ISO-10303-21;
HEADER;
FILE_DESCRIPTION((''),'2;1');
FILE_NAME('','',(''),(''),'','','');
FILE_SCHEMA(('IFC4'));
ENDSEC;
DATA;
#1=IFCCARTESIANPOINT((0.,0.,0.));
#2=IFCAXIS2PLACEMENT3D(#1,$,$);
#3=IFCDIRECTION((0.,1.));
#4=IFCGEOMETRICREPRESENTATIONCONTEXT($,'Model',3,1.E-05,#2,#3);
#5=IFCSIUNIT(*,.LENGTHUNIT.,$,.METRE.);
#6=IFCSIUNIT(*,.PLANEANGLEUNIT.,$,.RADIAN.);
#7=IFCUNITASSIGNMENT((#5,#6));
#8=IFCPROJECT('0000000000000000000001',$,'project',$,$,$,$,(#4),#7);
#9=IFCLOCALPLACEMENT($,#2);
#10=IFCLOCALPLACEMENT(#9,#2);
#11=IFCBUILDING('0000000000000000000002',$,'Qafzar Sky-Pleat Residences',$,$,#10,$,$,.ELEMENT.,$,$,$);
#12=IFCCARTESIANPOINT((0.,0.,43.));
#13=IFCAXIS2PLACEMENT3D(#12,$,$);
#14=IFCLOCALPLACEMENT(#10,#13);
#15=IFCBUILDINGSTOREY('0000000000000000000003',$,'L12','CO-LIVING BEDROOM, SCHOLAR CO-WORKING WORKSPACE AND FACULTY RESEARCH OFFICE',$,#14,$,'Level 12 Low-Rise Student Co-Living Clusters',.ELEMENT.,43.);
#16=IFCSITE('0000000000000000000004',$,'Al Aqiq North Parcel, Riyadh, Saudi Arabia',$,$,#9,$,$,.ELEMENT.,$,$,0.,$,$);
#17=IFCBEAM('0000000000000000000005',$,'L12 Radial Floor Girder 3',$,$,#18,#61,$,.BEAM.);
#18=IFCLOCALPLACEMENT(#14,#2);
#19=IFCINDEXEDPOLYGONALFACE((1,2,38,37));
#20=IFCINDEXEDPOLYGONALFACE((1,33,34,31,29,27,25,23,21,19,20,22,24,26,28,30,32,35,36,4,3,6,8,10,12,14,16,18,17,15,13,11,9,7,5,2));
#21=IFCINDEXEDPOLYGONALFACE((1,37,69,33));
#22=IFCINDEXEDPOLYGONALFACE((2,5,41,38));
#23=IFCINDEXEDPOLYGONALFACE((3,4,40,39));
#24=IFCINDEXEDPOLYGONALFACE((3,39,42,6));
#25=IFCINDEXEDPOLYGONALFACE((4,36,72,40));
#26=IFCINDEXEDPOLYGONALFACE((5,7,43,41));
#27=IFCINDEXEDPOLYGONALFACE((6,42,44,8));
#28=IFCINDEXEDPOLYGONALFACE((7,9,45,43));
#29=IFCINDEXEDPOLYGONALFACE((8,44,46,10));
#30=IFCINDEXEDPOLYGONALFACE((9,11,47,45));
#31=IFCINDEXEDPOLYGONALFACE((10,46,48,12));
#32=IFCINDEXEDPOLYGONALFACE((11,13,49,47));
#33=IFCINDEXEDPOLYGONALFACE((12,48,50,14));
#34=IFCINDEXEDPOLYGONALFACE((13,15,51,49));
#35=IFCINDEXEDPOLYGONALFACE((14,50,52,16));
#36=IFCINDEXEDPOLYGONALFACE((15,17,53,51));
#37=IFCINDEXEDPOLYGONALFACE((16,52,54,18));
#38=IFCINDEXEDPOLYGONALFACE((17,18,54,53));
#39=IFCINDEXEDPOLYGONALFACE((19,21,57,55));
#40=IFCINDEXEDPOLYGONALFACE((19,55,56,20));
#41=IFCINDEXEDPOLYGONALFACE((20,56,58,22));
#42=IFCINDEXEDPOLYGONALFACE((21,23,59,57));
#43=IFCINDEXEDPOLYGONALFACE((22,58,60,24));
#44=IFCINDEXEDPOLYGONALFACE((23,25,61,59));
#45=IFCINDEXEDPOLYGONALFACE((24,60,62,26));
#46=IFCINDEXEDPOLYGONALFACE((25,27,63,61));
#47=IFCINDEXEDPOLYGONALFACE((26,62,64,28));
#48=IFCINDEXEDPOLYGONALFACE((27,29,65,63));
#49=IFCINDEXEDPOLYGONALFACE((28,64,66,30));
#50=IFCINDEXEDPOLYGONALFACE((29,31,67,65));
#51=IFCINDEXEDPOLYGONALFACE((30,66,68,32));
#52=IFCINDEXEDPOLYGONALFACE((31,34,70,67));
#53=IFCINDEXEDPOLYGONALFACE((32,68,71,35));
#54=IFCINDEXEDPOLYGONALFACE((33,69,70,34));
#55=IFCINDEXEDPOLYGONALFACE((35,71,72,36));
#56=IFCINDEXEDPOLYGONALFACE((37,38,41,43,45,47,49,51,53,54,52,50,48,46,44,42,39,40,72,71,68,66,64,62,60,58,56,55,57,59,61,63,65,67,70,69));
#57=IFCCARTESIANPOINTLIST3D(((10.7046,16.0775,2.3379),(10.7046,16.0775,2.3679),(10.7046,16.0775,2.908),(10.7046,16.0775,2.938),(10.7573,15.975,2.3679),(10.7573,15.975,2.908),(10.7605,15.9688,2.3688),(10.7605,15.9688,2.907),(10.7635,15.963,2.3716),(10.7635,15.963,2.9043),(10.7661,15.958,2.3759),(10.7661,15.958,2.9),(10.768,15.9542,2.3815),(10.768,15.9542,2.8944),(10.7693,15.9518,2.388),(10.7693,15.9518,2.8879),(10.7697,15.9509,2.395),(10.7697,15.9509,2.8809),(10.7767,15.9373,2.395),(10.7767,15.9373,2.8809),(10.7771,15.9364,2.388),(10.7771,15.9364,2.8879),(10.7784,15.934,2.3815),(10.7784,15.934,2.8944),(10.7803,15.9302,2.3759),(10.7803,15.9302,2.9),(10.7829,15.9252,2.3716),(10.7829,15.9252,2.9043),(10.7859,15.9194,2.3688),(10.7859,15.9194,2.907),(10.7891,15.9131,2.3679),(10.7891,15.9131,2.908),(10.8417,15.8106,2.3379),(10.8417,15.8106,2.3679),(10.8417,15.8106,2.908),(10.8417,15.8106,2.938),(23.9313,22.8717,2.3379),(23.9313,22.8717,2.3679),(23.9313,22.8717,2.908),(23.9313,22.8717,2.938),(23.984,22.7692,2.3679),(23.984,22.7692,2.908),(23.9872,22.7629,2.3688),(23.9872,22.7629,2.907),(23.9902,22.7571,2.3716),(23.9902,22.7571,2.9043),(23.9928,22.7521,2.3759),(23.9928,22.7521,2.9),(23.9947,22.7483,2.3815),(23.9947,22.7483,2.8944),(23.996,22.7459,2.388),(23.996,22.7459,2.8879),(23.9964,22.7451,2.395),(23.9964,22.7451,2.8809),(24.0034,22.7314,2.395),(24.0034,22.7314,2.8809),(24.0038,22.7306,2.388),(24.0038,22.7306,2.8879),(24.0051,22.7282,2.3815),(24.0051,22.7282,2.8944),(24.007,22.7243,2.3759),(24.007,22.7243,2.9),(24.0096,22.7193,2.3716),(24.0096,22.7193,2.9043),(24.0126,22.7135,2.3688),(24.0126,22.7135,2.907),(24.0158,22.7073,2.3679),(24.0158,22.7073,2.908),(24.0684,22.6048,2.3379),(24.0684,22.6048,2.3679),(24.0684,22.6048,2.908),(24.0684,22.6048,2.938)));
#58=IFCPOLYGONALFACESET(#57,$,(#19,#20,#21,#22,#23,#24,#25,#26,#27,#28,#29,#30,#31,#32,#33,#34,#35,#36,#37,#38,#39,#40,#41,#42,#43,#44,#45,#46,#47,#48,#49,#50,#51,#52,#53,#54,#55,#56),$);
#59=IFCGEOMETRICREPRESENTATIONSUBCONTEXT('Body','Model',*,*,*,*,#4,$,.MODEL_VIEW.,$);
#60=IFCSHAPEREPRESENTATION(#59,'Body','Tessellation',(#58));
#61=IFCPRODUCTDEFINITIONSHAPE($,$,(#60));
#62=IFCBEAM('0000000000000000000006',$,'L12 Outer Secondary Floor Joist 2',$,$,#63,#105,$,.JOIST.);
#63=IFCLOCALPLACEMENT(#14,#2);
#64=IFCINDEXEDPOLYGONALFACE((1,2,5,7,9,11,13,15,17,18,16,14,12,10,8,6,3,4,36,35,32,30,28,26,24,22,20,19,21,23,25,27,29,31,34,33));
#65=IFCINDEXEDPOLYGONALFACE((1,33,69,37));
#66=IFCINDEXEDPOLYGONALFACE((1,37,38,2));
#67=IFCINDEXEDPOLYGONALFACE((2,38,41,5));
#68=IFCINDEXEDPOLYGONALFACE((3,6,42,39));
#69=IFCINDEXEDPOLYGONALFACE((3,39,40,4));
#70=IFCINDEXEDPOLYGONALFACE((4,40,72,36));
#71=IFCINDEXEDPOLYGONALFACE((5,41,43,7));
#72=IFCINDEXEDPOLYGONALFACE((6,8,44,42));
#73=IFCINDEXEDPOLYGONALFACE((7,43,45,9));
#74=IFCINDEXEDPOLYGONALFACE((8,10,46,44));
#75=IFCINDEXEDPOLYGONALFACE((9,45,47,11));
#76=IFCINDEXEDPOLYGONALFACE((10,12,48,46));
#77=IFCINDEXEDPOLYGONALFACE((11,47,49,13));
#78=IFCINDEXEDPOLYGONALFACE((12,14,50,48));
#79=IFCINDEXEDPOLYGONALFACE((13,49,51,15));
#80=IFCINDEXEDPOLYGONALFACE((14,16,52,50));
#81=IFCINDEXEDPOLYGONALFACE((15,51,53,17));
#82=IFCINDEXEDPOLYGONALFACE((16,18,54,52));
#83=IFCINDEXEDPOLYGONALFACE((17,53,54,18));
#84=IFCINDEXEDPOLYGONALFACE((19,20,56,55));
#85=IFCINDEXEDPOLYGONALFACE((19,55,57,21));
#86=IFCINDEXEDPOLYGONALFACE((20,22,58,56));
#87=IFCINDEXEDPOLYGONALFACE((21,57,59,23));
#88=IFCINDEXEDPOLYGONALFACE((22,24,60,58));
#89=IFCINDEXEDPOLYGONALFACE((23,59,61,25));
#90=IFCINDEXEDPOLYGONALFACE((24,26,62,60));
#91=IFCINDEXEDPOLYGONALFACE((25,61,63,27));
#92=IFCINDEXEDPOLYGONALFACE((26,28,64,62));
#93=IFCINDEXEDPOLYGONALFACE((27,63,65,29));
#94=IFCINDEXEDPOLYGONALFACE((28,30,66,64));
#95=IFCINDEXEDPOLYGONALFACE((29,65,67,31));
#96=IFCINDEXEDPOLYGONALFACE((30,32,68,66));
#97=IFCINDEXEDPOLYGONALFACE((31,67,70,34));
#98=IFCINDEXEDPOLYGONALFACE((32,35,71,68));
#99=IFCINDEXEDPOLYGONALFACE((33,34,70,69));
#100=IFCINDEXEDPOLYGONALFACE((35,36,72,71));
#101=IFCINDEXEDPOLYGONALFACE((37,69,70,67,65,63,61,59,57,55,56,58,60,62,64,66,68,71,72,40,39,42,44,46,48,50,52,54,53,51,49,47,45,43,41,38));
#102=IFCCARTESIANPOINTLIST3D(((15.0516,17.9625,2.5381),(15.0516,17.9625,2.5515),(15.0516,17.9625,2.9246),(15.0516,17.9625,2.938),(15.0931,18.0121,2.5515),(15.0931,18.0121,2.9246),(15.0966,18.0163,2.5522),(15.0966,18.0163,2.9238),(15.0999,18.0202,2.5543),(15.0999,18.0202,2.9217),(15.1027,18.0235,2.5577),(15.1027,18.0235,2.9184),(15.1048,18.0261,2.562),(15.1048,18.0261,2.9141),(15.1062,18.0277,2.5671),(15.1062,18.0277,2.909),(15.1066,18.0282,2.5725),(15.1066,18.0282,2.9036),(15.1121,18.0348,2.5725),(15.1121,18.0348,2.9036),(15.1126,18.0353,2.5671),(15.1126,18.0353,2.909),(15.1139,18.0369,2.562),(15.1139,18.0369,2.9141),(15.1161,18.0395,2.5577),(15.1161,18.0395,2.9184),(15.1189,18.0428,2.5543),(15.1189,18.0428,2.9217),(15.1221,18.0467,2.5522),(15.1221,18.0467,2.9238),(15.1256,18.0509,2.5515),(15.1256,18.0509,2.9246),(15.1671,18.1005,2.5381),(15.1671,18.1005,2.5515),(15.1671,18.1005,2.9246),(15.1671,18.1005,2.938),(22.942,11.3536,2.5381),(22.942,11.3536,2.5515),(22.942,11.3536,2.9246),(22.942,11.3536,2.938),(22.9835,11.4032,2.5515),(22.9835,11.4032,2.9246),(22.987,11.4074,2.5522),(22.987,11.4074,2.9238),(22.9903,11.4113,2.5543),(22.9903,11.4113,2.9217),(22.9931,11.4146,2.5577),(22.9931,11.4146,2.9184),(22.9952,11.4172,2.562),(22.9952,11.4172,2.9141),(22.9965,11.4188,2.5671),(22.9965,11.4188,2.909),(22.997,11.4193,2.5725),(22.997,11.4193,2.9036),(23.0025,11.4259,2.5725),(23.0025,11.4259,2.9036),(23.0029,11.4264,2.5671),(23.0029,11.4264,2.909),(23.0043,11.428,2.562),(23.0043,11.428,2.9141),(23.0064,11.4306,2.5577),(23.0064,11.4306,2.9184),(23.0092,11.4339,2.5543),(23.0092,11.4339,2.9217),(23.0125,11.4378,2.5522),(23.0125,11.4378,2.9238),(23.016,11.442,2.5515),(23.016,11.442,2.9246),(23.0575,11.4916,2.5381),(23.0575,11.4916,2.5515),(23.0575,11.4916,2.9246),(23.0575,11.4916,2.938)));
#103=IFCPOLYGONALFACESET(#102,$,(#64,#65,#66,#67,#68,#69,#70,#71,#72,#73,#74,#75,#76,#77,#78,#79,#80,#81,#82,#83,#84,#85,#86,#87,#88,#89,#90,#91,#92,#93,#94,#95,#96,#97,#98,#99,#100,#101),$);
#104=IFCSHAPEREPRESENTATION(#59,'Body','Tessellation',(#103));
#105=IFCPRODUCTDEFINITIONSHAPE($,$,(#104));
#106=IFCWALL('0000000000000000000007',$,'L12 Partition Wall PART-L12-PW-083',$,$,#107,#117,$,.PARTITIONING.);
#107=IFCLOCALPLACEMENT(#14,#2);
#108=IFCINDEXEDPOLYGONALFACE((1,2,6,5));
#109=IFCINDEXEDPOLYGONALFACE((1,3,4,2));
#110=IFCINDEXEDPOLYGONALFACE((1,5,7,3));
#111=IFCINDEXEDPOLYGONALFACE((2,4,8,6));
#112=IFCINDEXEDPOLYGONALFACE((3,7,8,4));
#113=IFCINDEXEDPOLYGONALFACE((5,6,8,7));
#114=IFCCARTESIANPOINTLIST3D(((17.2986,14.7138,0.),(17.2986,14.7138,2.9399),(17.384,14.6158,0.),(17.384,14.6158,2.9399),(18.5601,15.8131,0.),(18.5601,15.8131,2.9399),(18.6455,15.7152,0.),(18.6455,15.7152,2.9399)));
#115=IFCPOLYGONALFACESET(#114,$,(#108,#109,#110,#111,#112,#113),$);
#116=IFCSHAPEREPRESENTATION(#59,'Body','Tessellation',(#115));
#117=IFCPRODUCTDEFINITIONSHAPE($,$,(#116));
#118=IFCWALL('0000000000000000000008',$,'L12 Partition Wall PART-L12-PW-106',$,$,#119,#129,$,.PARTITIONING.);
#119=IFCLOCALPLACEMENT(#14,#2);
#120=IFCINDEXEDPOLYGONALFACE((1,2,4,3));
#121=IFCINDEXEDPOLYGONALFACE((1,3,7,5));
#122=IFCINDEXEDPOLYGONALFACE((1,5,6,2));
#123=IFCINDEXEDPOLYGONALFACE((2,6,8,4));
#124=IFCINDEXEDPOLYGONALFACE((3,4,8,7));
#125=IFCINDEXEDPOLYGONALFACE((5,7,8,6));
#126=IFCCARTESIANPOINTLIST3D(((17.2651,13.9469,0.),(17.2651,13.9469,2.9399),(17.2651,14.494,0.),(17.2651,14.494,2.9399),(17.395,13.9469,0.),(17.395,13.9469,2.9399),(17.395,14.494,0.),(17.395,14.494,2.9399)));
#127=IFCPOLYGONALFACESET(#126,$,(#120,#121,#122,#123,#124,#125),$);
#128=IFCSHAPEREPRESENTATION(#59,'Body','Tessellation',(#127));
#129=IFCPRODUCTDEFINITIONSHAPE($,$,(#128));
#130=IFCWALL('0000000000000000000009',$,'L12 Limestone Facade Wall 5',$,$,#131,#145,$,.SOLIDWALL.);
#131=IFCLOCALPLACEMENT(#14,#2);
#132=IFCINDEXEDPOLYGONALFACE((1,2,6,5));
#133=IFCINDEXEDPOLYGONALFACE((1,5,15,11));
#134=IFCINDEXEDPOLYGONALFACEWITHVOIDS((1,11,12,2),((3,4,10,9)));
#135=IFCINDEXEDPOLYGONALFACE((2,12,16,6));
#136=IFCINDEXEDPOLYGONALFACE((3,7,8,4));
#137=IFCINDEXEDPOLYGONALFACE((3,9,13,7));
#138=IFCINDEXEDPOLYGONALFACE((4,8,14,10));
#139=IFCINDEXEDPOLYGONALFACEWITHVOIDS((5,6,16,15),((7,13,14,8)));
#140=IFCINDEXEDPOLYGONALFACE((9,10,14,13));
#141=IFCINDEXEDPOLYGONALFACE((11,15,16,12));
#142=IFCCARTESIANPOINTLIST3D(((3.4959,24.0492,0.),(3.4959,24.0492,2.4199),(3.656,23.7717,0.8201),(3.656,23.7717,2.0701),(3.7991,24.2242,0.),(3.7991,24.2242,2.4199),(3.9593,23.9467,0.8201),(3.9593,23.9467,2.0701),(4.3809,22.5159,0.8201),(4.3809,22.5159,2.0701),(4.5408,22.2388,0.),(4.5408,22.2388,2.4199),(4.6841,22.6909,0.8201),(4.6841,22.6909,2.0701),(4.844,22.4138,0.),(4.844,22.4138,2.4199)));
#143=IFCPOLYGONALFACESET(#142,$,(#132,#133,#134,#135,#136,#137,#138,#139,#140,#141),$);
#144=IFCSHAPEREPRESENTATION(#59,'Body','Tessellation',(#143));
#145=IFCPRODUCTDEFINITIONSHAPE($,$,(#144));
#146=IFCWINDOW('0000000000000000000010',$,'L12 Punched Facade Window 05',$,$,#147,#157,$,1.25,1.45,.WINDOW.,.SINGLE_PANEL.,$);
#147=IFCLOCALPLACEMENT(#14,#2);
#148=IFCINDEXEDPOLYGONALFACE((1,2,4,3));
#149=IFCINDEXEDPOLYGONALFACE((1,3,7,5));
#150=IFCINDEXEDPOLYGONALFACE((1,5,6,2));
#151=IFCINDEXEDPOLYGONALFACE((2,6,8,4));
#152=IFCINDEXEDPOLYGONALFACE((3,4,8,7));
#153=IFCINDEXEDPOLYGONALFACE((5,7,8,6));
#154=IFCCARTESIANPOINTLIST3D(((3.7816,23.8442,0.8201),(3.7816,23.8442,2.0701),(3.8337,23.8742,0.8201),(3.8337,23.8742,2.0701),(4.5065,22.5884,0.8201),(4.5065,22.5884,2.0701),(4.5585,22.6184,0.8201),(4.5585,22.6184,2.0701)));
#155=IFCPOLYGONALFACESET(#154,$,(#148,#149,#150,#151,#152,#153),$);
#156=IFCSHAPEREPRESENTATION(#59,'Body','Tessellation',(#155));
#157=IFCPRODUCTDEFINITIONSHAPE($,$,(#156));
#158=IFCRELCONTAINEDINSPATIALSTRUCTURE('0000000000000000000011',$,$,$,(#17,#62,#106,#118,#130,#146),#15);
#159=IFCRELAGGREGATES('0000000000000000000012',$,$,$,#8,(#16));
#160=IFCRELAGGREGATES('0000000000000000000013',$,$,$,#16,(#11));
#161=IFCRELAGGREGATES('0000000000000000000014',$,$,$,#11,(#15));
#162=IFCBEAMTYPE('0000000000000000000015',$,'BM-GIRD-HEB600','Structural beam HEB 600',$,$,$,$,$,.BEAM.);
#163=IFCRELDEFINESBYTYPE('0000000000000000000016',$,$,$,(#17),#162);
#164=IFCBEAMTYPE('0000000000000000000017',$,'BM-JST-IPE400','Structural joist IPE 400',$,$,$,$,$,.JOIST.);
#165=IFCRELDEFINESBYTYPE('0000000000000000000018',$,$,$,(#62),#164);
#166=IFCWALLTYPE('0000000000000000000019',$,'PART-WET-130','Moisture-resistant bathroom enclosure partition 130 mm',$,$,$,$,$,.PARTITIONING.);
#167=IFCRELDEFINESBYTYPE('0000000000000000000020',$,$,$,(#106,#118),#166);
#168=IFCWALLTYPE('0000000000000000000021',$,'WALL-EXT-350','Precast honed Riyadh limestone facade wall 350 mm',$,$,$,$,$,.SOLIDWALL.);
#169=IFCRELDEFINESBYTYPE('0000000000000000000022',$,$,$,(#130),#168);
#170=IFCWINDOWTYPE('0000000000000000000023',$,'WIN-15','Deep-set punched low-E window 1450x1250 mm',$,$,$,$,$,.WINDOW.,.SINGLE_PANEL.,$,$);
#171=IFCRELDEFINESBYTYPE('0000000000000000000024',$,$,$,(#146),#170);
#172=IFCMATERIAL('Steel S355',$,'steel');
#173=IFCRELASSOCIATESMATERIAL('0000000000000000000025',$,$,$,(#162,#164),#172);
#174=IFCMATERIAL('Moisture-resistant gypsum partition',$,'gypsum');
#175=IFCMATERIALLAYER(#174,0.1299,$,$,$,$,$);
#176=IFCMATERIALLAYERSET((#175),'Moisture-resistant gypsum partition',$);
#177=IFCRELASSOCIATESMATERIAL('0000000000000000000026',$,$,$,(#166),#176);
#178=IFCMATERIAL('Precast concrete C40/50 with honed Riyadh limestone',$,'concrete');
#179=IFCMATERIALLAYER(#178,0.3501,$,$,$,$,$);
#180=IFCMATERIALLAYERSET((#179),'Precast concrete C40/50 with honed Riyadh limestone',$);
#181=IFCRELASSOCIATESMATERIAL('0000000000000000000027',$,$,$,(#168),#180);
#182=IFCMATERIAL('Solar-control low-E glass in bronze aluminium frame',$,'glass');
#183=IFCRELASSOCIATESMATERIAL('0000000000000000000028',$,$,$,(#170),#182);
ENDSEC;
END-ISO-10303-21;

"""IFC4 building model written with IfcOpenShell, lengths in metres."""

from ifc_helpers import new_model, si_unit, direction, frame, frame_2d, origin, origin_2d, place, context, subcontext, project, spatial, rectangle, i_section, extrude, source, transform, mapped, material, layer, layer_set, material_profile, profile_set, type_object, element, fill, save


model = new_model("IFC4")

# Units and contexts
model_context = context("Model", 3, precision=1e-05, world=origin(), true_north=direction((0.0, 1.0)))
body_context = subcontext(model_context, "Body", "Model", "MODEL_VIEW")
ifc_project = project(units=[si_unit("LENGTHUNIT", "METRE"), si_unit("PLANEANGLEUNIT", "RADIAN")], contexts=[model_context])

# Site, building, storey
site_placement = place(None, origin())
site = spatial("IfcSite", under=ifc_project, at=site_placement, Name="Al Aqiq North Parcel, Riyadh, Saudi Arabia", CompositionType="ELEMENT", RefElevation=0.0)
building_placement = place(site_placement, origin())
building = spatial("IfcBuilding", under=site, at=building_placement, Name="Qafzar Sky-Pleat Residences", CompositionType="ELEMENT")
storey_placement = place(building_placement, frame((0.0, 0.0, 43.0)))
storey = spatial("IfcBuildingStorey", under=building, at=storey_placement, Name="L12", Description="CO-LIVING BEDROOM, SCHOLAR CO-WORKING WORKSPACE AND FACULTY RESEARCH OFFICE", LongName="Level 12 Low-Rise Student Co-Living Clusters", CompositionType="ELEMENT", Elevation=43.0)

# Beams
ifc_material_1 = material(Name="Steel S355", Category="steel")
ifc_material_profile_1 = material_profile(ifc_material_1, i_section(OverallWidth=0.3, OverallDepth=0.6001, WebThickness=0.0154, FlangeThickness=0.03, FilletRadius=0.0271, at=origin_2d()), Name="HEB 600")
ifc_profile_set_1 = profile_set([ifc_material_profile_1], Name="Steel S355")
beam_type_1 = type_object("IfcBeamType", Name="BM-GIRD-HEB600", Description="Structural beam HEB 600", PredefinedType="BEAM", material=ifc_profile_set_1)
shared_shape_1 = source(origin(), body_context, "Body", "SweptSolid", [
    extrude(i_section(OverallWidth=0.3, OverallDepth=0.6001, WebThickness=0.0154, FlangeThickness=0.03, FilletRadius=0.0271, at=origin_2d()), origin(), (0.0, 0.0, 1.0), 14.8696),
])
beam_1_placement = place(storey_placement, frame((10.7732, 15.9441, 2.6379), z_axis=(0.889511, 0.456914, 0.0), x_axis=(-0.456914, 0.889511, 0.0)))
element("IfcBeam", 1, at=beam_1_placement, inside=storey, type_object=beam_type_1, Name="L12 Radial Floor Girder 3", PredefinedType="BEAM", context=body_context, shape_type="MappedRepresentation", body=[
    mapped(shared_shape_1, transform((0.0, 0.0, 0.0), x_axis=(1.0, 0.0, 0.0), y_axis=(0.0, 1.0, 0.0), z_axis=(0.0, 0.0, 1.0), scale=1.0)),
])
ifc_material_profile_2 = material_profile(ifc_material_1, i_section(OverallWidth=0.1799, OverallDepth=0.3999, WebThickness=0.0085, FlangeThickness=0.0134, FilletRadius=0.021, at=origin_2d()), Name="IPE 400")
ifc_profile_set_2 = profile_set([ifc_material_profile_2], Name="Steel S355")
beam_type_2 = type_object("IfcBeamType", Name="BM-JST-IPE400", Description="Structural joist IPE 400", PredefinedType="JOIST", material=ifc_profile_set_2)
shared_shape_2 = source(origin(), body_context, "Body", "SweptSolid", [
    extrude(i_section(OverallWidth=0.1799, OverallDepth=0.3999, WebThickness=0.0085, FlangeThickness=0.0134, FilletRadius=0.021, at=origin_2d()), origin(), (0.0, 0.0, 1.0), 10.2925),
])
beam_2_placement = place(storey_placement, frame((15.1094, 18.0315, 2.738), z_axis=(0.766615, -0.642107, 0.0), x_axis=(0.642107, 0.766615, 0.0)))
element("IfcBeam", 2, at=beam_2_placement, inside=storey, type_object=beam_type_2, Name="L12 Outer Secondary Floor Joist 2", PredefinedType="JOIST", context=body_context, shape_type="MappedRepresentation", body=[
    mapped(shared_shape_2, transform((0.0, 0.0, 0.0), x_axis=(1.0, 0.0, 0.0), y_axis=(0.0, 1.0, 0.0), z_axis=(0.0, 0.0, 1.0), scale=1.0)),
])

# Walls
ifc_material_2 = material(Name="Moisture-resistant gypsum partition", Category="gypsum")
ifc_layer_1 = layer(ifc_material_2, 0.1299)
ifc_layer_set_1 = layer_set([ifc_layer_1], Name="Moisture-resistant gypsum partition")
wall_type_1 = type_object("IfcWallType", Name="PART-WET-130", Description="Moisture-resistant bathroom enclosure partition 130 mm", PredefinedType="PARTITIONING", material=ifc_layer_set_1)
wall_1_placement = place(storey_placement, frame((17.3413, 14.6648, 0.0), z_axis=(0.0, 0.0, 1.0), x_axis=(0.753886, 0.657006, 0.0)))
element("IfcWall", 3, at=wall_1_placement, inside=storey, type_object=wall_type_1, Name="L12 Partition Wall PART-L12-PW-083", PredefinedType="PARTITIONING", context=body_context, shape_type="SweptSolid", body=[
    extrude(rectangle(XDim=1.6733, YDim=0.1299, at=frame_2d((0.8367, 0.0))), origin(), (0.0, 0.0, 1.0), 2.9399),
])
wall_2_placement = place(storey_placement, frame((17.3301, 13.947, 0.0), z_axis=(0.0, 0.0, 1.0), x_axis=(0.0, 1.0, 0.0)))
element("IfcWall", 4, at=wall_2_placement, inside=storey, type_object=wall_type_1, Name="L12 Partition Wall PART-L12-PW-106", PredefinedType="PARTITIONING", context=body_context, shape_type="SweptSolid", body=[
    extrude(rectangle(XDim=0.5471, YDim=0.1299, at=frame_2d((0.2734, 0.0))), origin(), (0.0, 0.0, 1.0), 2.9399),
])

# Wall, opening, window
ifc_material_3 = material(Name="Precast concrete C40/50 with honed Riyadh limestone", Category="concrete")
ifc_layer_2 = layer(ifc_material_3, 0.3501)
ifc_layer_set_2 = layer_set([ifc_layer_2], Name="Precast concrete C40/50 with honed Riyadh limestone")
wall_type_2 = type_object("IfcWallType", Name="WALL-EXT-350", Description="Precast honed Riyadh limestone facade wall 350 mm", PredefinedType="SOLIDWALL", material=ifc_layer_set_2)
wall_3_placement = place(storey_placement, frame((3.6475, 24.1367, 0.0), z_axis=(0.0, 0.0, 1.0), x_axis=(0.499908, -0.866079, 0.0)))
wall_3 = element("IfcWall", 5, at=wall_3_placement, inside=storey, type_object=wall_type_2, Name="L12 Limestone Facade Wall 5", PredefinedType="SOLIDWALL", context=body_context, shape_type="SweptSolid", body=[
    extrude(rectangle(XDim=2.0903, YDim=0.3501, at=frame_2d((1.0452, 0.0))), origin(), (0.0, 0.0, 1.0), 2.4199),
])
opening_1_placement = place(wall_3_placement, frame((0.3203, 0.0, 0.8201)))
opening_1 = element("IfcOpeningElement", 6, at=opening_1_placement, cuts=wall_3, PredefinedType="OPENING", context=body_context, shape_type="SweptSolid", body=[
    extrude(rectangle(XDim=1.45, YDim=1.25, at=frame_2d((0.7251, 0.625))), frame((0.0, 0.1851, 0.0), z_axis=(0.0, -1.0, 0.0), x_axis=(1.0, 0.0, 0.0)), (0.0, 0.0, 1.0), 0.3701),
])
ifc_material_4 = material(Name="Solar-control low-E glass in bronze aluminium frame", Category="glass")
window_type_1 = type_object("IfcWindowType", Name="WIN-15", Description="Deep-set punched low-E window 1450x1250 mm", PartitioningType="SINGLE_PANEL", PredefinedType="WINDOW", material=ifc_material_4)
shared_shape_3 = source(origin(), body_context, "Body", "SweptSolid", [
    extrude(rectangle(XDim=1.45, YDim=1.25, at=frame_2d((0.7251, 0.625))), frame((0.0, 0.03, 0.0), z_axis=(0.0, -1.0, 0.0), x_axis=(1.0, 0.0, 0.0)), (0.0, 0.0, 1.0), 0.0601),
])
window_1_placement = place(opening_1_placement, origin())
window_1 = element("IfcWindow", 7, at=window_1_placement, inside=storey, type_object=window_type_1, Name="L12 Punched Facade Window 05", OverallHeight=1.25, OverallWidth=1.45, PartitioningType="SINGLE_PANEL", PredefinedType="WINDOW", context=body_context, shape_type="MappedRepresentation", body=[
    mapped(shared_shape_3, transform((0.0, 0.0, 0.0), x_axis=(1.0, 0.0, 0.0), y_axis=(0.0, 1.0, 0.0), z_axis=(0.0, 0.0, 1.0), scale=1.0)),
])
fill(opening_1, window_1)

save(model, "model.ifc")
